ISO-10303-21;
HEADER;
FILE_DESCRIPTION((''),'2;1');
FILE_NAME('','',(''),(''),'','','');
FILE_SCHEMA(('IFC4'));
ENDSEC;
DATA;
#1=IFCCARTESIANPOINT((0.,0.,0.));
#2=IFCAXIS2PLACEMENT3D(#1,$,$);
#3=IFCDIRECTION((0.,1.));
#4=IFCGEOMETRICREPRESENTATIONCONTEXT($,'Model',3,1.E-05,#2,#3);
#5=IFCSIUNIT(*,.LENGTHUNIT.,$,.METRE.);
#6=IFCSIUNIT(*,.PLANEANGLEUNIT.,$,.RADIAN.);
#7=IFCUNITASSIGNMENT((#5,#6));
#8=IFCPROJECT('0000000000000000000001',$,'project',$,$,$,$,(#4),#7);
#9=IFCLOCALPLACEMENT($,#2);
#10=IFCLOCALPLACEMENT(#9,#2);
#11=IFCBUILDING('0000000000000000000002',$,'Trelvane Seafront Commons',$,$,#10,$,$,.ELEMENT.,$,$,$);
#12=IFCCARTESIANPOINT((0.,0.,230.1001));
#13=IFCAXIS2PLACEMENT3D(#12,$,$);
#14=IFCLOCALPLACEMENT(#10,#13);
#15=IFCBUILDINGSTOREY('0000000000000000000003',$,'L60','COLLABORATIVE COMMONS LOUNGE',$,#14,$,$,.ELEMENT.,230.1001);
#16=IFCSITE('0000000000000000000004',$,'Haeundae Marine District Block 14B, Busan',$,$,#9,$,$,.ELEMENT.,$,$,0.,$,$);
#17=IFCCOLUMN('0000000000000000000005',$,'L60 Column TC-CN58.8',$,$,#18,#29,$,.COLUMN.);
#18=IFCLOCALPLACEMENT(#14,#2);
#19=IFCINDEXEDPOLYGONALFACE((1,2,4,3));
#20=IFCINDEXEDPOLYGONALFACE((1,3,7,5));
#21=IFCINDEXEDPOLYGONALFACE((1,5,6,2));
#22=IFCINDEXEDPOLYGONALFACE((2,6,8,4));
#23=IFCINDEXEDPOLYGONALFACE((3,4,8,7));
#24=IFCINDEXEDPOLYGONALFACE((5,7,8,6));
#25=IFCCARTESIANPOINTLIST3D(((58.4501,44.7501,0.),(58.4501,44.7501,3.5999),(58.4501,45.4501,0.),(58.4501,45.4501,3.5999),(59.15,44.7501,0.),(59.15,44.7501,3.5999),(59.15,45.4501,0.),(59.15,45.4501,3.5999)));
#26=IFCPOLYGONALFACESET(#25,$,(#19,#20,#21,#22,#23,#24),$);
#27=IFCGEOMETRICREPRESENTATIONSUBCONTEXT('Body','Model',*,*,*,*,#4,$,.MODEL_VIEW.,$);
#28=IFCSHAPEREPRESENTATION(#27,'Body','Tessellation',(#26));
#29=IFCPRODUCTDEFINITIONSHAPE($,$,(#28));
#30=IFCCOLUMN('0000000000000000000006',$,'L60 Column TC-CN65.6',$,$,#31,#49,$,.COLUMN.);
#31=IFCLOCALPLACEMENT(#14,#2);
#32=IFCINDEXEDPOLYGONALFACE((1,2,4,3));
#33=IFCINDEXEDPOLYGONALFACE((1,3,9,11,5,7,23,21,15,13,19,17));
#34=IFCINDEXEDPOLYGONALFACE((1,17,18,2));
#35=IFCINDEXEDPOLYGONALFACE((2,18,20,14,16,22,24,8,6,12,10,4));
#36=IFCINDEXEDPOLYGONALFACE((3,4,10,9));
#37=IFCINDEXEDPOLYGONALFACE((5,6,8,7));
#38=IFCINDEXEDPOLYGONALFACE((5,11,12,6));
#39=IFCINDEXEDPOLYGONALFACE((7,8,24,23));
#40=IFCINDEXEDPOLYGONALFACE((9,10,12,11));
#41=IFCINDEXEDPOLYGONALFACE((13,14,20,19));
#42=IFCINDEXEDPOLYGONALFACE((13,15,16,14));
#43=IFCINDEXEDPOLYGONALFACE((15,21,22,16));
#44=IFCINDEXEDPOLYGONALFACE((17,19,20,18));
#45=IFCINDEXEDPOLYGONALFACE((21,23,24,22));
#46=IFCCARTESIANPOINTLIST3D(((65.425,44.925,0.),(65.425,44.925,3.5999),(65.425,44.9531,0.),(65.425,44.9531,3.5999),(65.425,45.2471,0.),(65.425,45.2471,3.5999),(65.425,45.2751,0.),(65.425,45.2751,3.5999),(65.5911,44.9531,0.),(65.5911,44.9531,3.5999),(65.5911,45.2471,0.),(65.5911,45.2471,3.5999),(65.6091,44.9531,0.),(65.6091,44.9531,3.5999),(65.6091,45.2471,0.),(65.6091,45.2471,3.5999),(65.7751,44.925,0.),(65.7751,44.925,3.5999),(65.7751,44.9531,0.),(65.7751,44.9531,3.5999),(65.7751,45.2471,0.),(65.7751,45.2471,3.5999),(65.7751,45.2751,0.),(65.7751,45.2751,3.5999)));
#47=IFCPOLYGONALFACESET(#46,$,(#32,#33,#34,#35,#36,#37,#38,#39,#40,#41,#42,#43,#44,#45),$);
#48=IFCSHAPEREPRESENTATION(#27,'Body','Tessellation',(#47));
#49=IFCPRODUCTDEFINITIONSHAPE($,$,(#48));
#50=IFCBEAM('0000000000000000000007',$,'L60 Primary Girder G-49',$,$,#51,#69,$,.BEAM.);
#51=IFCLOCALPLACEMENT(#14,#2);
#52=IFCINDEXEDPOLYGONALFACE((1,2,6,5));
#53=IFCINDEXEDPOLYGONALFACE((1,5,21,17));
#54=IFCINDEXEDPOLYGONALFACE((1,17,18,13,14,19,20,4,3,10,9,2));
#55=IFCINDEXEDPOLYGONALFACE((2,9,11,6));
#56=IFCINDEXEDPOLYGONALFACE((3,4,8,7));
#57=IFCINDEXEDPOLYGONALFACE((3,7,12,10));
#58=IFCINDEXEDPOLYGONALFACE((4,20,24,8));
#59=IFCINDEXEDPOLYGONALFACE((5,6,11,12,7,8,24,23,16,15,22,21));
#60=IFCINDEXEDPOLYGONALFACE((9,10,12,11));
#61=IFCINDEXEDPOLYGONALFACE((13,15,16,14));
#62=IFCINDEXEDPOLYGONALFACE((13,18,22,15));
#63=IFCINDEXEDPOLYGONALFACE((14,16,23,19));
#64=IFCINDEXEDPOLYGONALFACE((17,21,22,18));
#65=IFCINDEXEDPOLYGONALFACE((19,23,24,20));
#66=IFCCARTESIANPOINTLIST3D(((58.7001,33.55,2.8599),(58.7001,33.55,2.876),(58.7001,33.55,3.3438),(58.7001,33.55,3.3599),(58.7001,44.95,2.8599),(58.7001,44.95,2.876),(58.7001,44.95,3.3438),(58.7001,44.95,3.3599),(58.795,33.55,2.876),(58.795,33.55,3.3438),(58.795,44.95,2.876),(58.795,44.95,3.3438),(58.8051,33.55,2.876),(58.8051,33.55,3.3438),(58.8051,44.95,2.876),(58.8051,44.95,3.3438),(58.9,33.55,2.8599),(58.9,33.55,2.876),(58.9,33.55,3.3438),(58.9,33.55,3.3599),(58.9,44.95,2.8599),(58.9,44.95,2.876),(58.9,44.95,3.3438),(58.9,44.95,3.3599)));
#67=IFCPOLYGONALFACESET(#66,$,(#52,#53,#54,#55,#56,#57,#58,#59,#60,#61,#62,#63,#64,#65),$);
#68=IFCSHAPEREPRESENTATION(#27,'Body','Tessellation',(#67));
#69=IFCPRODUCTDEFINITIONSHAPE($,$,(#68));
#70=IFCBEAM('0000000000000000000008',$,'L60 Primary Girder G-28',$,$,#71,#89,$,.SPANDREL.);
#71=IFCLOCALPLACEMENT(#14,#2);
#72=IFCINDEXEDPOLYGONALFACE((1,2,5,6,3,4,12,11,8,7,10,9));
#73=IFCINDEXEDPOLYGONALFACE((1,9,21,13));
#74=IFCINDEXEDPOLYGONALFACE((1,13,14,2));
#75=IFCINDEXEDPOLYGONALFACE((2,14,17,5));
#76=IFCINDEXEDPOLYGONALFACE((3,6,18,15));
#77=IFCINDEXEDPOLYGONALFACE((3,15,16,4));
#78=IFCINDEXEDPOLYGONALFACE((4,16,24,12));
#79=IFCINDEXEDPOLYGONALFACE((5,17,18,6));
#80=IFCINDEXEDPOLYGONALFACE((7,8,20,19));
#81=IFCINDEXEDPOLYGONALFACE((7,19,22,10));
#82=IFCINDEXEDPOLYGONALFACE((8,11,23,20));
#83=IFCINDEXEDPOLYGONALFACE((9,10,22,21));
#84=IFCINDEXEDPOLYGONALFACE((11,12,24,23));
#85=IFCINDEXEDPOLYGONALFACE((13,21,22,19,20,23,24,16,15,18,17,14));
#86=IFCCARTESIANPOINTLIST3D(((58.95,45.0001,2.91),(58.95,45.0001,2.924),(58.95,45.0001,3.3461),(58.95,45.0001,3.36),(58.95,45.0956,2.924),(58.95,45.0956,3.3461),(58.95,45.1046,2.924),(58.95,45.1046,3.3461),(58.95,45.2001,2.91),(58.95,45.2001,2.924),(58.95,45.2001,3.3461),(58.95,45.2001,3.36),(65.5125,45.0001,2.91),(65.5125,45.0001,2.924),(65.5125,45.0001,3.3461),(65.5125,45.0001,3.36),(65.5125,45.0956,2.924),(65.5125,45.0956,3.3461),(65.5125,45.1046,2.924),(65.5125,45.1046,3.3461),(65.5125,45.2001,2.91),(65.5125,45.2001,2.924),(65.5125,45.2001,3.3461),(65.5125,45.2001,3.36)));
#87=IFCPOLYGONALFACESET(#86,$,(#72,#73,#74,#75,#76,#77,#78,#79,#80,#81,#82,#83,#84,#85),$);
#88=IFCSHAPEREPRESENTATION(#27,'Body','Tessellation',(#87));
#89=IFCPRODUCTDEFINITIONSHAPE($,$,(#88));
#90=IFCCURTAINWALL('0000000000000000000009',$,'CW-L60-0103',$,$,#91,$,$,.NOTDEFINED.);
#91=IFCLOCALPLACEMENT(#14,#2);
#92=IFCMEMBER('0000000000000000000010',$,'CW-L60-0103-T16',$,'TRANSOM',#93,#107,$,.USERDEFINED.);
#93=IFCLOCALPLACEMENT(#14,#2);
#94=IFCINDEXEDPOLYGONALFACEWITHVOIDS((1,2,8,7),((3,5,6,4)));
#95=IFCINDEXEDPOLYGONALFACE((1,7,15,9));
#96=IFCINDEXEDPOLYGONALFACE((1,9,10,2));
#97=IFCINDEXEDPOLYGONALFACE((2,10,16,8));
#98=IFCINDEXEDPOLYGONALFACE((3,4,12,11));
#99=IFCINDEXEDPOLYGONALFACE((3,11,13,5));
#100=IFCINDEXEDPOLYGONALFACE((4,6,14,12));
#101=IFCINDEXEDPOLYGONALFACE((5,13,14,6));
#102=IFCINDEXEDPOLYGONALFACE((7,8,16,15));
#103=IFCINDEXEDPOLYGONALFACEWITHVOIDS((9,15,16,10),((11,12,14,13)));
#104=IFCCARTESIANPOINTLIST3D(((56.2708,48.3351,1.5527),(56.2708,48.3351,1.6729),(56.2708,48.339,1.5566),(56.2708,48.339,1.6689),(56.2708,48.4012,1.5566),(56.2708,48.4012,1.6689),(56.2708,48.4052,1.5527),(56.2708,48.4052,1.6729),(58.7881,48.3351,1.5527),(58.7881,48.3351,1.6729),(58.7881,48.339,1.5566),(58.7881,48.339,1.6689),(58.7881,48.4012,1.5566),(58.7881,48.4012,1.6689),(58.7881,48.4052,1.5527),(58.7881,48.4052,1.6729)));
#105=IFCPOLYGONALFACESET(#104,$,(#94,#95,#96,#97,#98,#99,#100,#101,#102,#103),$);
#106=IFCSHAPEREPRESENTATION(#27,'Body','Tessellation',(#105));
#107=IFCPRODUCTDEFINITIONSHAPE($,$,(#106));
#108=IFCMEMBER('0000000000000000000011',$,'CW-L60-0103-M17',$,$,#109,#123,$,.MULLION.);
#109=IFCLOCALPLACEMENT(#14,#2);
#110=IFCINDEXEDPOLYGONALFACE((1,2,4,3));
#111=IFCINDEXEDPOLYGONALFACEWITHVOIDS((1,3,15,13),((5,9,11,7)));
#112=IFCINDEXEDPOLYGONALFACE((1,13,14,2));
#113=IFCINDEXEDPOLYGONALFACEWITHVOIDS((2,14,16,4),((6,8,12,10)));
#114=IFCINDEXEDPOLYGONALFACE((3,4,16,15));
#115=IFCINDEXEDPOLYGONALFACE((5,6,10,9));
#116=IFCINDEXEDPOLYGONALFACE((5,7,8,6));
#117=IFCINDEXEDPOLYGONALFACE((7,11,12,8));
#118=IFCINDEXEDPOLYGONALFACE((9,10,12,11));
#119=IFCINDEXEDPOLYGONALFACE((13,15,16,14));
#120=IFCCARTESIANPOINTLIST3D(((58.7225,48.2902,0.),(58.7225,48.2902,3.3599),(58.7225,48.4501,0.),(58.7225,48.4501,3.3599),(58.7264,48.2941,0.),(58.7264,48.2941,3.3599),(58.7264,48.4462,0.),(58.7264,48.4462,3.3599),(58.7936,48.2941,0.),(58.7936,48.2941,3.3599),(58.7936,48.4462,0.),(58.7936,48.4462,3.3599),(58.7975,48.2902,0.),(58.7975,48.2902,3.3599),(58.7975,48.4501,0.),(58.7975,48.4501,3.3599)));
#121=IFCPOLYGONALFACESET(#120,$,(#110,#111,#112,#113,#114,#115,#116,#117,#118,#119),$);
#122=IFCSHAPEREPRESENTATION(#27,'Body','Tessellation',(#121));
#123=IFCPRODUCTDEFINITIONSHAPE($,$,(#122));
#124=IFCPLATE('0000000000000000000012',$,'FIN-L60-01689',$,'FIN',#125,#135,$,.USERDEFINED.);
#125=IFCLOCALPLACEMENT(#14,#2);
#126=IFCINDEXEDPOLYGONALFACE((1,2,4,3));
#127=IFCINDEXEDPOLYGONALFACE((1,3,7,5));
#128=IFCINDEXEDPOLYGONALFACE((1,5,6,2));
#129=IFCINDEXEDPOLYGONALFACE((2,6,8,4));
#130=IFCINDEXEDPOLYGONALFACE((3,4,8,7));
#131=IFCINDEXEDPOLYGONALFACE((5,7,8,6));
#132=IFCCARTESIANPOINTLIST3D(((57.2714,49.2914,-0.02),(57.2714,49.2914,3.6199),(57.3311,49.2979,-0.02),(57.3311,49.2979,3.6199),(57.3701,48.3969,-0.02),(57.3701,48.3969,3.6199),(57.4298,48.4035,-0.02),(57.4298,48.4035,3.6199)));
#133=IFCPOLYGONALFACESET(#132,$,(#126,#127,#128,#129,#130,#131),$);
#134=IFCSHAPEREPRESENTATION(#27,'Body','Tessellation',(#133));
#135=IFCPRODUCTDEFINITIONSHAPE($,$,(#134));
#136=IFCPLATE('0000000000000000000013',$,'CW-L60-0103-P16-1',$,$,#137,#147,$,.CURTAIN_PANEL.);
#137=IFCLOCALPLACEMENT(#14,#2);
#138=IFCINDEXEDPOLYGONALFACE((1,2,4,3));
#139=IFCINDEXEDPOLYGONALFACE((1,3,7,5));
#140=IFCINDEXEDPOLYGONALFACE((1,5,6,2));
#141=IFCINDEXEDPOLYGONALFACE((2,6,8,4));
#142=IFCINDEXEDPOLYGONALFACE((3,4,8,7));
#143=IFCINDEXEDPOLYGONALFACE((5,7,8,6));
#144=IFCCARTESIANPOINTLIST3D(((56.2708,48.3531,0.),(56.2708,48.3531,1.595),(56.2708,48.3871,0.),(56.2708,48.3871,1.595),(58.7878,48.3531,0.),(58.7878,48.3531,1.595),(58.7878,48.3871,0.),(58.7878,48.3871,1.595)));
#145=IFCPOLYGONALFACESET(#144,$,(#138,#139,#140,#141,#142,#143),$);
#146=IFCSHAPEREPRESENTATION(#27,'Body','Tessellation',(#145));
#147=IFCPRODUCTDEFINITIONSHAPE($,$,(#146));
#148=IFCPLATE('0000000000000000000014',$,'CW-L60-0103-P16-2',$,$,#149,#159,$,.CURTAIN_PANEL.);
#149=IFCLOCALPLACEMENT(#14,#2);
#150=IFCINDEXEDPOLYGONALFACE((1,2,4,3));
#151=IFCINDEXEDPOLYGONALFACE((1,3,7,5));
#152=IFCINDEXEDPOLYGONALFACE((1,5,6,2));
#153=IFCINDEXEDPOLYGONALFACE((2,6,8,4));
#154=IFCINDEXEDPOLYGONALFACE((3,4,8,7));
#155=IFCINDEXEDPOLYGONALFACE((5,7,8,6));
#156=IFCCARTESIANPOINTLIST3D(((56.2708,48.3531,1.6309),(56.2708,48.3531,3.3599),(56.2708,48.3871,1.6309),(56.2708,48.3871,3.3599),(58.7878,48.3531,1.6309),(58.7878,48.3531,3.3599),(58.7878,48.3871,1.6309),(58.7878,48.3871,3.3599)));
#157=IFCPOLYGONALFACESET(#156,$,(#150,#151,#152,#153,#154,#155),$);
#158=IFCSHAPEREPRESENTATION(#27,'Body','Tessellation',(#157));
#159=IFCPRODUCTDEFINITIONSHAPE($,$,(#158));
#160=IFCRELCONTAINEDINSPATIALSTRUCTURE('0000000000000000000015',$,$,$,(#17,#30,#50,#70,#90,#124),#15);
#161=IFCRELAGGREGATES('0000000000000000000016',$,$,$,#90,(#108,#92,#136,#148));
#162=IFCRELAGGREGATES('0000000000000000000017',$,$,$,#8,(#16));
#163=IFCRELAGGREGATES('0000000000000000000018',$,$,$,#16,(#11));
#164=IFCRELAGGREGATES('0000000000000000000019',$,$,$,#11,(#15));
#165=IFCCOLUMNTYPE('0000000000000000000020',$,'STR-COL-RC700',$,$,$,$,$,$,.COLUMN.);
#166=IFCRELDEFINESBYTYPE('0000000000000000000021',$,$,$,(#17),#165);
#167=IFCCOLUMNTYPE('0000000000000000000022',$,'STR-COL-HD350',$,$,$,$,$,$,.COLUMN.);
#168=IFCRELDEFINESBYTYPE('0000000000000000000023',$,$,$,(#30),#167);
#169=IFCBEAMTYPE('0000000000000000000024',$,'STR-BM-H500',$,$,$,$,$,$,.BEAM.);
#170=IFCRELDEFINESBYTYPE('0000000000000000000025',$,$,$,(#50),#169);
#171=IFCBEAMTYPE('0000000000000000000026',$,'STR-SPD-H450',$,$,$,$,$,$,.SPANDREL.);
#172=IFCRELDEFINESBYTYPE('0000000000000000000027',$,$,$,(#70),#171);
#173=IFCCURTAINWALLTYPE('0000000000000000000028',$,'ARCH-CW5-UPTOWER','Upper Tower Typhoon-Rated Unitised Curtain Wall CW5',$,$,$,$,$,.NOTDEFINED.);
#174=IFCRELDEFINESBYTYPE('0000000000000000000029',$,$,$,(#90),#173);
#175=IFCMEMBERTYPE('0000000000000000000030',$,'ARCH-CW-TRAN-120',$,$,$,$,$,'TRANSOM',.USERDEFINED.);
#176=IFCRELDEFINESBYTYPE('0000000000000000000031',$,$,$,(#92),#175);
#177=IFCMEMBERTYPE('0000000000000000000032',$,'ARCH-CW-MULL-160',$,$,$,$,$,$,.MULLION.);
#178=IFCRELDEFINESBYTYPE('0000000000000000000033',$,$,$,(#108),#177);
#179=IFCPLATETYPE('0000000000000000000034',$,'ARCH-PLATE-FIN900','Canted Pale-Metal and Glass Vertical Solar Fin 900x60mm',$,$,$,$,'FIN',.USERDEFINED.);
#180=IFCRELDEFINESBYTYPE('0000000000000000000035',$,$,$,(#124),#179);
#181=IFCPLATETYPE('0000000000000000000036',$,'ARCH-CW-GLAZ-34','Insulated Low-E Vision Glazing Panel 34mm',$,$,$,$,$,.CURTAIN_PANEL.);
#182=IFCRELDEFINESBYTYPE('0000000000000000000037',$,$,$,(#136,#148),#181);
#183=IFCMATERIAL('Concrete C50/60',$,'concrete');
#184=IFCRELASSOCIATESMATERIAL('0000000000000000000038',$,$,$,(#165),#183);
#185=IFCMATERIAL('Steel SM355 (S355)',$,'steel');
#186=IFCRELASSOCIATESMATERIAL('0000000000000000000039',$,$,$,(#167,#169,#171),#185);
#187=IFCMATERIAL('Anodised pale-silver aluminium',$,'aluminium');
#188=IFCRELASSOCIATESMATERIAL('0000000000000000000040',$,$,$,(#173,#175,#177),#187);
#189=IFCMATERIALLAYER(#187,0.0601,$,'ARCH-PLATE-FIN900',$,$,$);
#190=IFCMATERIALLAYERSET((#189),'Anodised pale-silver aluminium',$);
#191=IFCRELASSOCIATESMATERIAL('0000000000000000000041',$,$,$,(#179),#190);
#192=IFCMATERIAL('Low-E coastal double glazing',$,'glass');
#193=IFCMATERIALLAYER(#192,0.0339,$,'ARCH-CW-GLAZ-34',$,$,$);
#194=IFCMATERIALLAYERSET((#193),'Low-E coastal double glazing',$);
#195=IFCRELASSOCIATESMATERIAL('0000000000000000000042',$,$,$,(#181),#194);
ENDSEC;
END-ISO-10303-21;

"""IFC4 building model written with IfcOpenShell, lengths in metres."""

from ifc_helpers import new_model, si_unit, direction, frame, origin, origin_2d, place, context, subcontext, project, spatial, rectangle, hollow_rectangle, i_section, extrude, source, transform, mapped, material, layer, layer_set, material_profile, profile_set, type_object, element, aggregate, save


model = new_model("IFC4")

# Units and contexts
model_context = context("Model", 3, precision=1e-05, world=origin(), true_north=direction((0.0, 1.0)))
body_context = subcontext(model_context, "Body", "Model", "MODEL_VIEW")
ifc_project = project(units=[si_unit("LENGTHUNIT", "METRE"), si_unit("PLANEANGLEUNIT", "RADIAN")], contexts=[model_context])

# Site, building, storey
site_placement = place(None, origin())
site = spatial("IfcSite", under=ifc_project, at=site_placement, Name="Haeundae Marine District Block 14B, Busan", CompositionType="ELEMENT", RefElevation=0.0)
building_placement = place(site_placement, origin())
building = spatial("IfcBuilding", under=site, at=building_placement, Name="Trelvane Seafront Commons", CompositionType="ELEMENT")
storey_placement = place(building_placement, frame((0.0, 0.0, 230.1001)))
storey = spatial("IfcBuildingStorey", under=building, at=storey_placement, Name="L60", Description="COLLABORATIVE COMMONS LOUNGE", CompositionType="ELEMENT", Elevation=230.1001)

# Columns
ifc_material_1 = material(Name="Concrete C50/60", Category="concrete")
ifc_material_profile_1 = material_profile(ifc_material_1, rectangle(XDim=0.7, YDim=0.7, at=origin_2d()), Name="RC-700x700")
ifc_profile_set_1 = profile_set([ifc_material_profile_1], Name="Concrete C50/60")
column_type_1 = type_object("IfcColumnType", Name="STR-COL-RC700", PredefinedType="COLUMN", material=ifc_profile_set_1)
shared_shape_1 = source(origin(), body_context, "Body", "SweptSolid", [
    extrude(rectangle(XDim=0.7, YDim=0.7, at=origin_2d()), origin(), (0.0, 0.0, 1.0), 3.5999),
])
column_1_placement = place(storey_placement, frame((58.8, 45.1001, 0.0), z_axis=(0.0, 0.0, 1.0), x_axis=(1.0, 0.0, 0.0)))
element("IfcColumn", 1, at=column_1_placement, inside=storey, type_object=column_type_1, Name="L60 Column TC-CN58.8", PredefinedType="COLUMN", context=body_context, shape_type="MappedRepresentation", body=[
    mapped(shared_shape_1, transform((0.0, 0.0, 0.0), x_axis=(1.0, 0.0, 0.0), y_axis=(0.0, 1.0, 0.0), z_axis=(0.0, 0.0, 1.0), scale=1.0)),
])
ifc_material_2 = material(Name="Steel SM355 (S355)", Category="steel")
ifc_material_profile_2 = material_profile(ifc_material_2, i_section(OverallWidth=0.3501, OverallDepth=0.3501, WebThickness=0.0181, FlangeThickness=0.0281, at=origin_2d()), Name="HD-350x350x18x28")
ifc_profile_set_2 = profile_set([ifc_material_profile_2], Name="Steel SM355 (S355)")
column_type_2 = type_object("IfcColumnType", Name="STR-COL-HD350", PredefinedType="COLUMN", material=ifc_profile_set_2)
shared_shape_2 = source(origin(), body_context, "Body", "SweptSolid", [
    extrude(i_section(OverallWidth=0.3501, OverallDepth=0.3501, WebThickness=0.0181, FlangeThickness=0.0281, at=origin_2d()), origin(), (0.0, 0.0, 1.0), 3.5999),
])
column_2_placement = place(storey_placement, frame((65.6001, 45.1001, 0.0), z_axis=(0.0, 0.0, 1.0), x_axis=(1.0, 0.0, 0.0)))
element("IfcColumn", 2, at=column_2_placement, inside=storey, type_object=column_type_2, Name="L60 Column TC-CN65.6", PredefinedType="COLUMN", context=body_context, shape_type="MappedRepresentation", body=[
    mapped(shared_shape_2, transform((0.0, 0.0, 0.0), x_axis=(1.0, 0.0, 0.0), y_axis=(0.0, 1.0, 0.0), z_axis=(0.0, 0.0, 1.0), scale=1.0)),
])

# Beams
ifc_material_profile_3 = material_profile(ifc_material_2, i_section(OverallWidth=0.2, OverallDepth=0.5, WebThickness=0.01, FlangeThickness=0.0161, at=origin_2d()), Name="H-500x200x10x16")
ifc_profile_set_3 = profile_set([ifc_material_profile_3], Name="Steel SM355 (S355)")
beam_type_1 = type_object("IfcBeamType", Name="STR-BM-H500", PredefinedType="BEAM", material=ifc_profile_set_3)
shared_shape_3 = source(origin(), body_context, "Body", "SweptSolid", [
    extrude(i_section(OverallWidth=0.2, OverallDepth=0.5, WebThickness=0.01, FlangeThickness=0.0161, at=origin_2d()), origin(), (0.0, 0.0, 1.0), 11.3999),
])
beam_1_placement = place(storey_placement, frame((58.8, 33.55, 3.1099), z_axis=(0.0, 1.0, 0.0), x_axis=(-1.0, 0.0, 0.0)))
element("IfcBeam", 3, at=beam_1_placement, inside=storey, type_object=beam_type_1, Name="L60 Primary Girder G-49", PredefinedType="BEAM", context=body_context, shape_type="MappedRepresentation", body=[
    mapped(shared_shape_3, transform((0.0, 0.0, 0.0), x_axis=(1.0, 0.0, 0.0), y_axis=(0.0, 1.0, 0.0), z_axis=(0.0, 0.0, 1.0), scale=1.0)),
])
ifc_material_profile_4 = material_profile(ifc_material_2, i_section(OverallWidth=0.2, OverallDepth=0.45, WebThickness=0.009, FlangeThickness=0.0139, at=origin_2d()), Name="H-450x200x9x14")
ifc_profile_set_4 = profile_set([ifc_material_profile_4], Name="Steel SM355 (S355)")
beam_type_2 = type_object("IfcBeamType", Name="STR-SPD-H450", PredefinedType="SPANDREL", material=ifc_profile_set_4)
shared_shape_4 = source(origin(), body_context, "Body", "SweptSolid", [
    extrude(i_section(OverallWidth=0.2, OverallDepth=0.45, WebThickness=0.009, FlangeThickness=0.0139, at=origin_2d()), origin(), (0.0, 0.0, 1.0), 6.5625),
])
beam_2_placement = place(storey_placement, frame((58.95, 45.1001, 3.135), z_axis=(1.0, 0.0, 0.0), x_axis=(0.0, 1.0, 0.0)))
element("IfcBeam", 4, at=beam_2_placement, inside=storey, type_object=beam_type_2, Name="L60 Primary Girder G-28", PredefinedType="SPANDREL", context=body_context, shape_type="MappedRepresentation", body=[
    mapped(shared_shape_4, transform((0.0, 0.0, 0.0), x_axis=(1.0, 0.0, 0.0), y_axis=(0.0, 1.0, 0.0), z_axis=(0.0, 0.0, 1.0), scale=1.0)),
])

# Curtain wall, members
ifc_material_3 = material(Name="Anodised pale-silver aluminium", Category="aluminium")
curtain_wall_type = type_object("IfcCurtainWallType", Name="ARCH-CW5-UPTOWER", Description="Upper Tower Typhoon-Rated Unitised Curtain Wall CW5", PredefinedType="NOTDEFINED", material=ifc_material_3)
curtain_wall_placement = place(storey_placement, origin())
curtain_wall = element("IfcCurtainWall", 5, at=curtain_wall_placement, inside=storey, type_object=curtain_wall_type, Name="CW-L60-0103", PredefinedType="NOTDEFINED")
ifc_material_profile_5 = material_profile(ifc_material_3, hollow_rectangle(XDim=0.0701, YDim=0.1201, WallThickness=0.0039, at=origin_2d()), Name="TRAN-70x120x4")
ifc_profile_set_5 = profile_set([ifc_material_profile_5], Name="Anodised pale-silver aluminium")
member_type_1 = type_object("IfcMemberType", Name="ARCH-CW-TRAN-120", ElementType="TRANSOM", PredefinedType="USERDEFINED", material=ifc_profile_set_5)
shared_shape_5 = source(origin(), body_context, "Body", "SweptSolid", [
    extrude(hollow_rectangle(XDim=0.0701, YDim=0.1201, WallThickness=0.0039, at=origin_2d()), origin(), (0.0, 0.0, 1.0), 2.5173),
])
member_1_placement = place(storey_placement, frame((56.2708, 48.3701, 1.6128), z_axis=(1.0, 0.0, 0.0), x_axis=(0.0, 1.0, 0.0)))
member_1 = element("IfcMember", 6, at=member_1_placement, type_object=member_type_1, Name="CW-L60-0103-T16", ObjectType="TRANSOM", PredefinedType="USERDEFINED", context=body_context, shape_type="MappedRepresentation", body=[
    mapped(shared_shape_5, transform((0.0, 0.0, 0.0), x_axis=(1.0, 0.0, 0.0), y_axis=(0.0, 1.0, 0.0), z_axis=(0.0, 0.0, 1.0), scale=1.0)),
])
ifc_material_profile_6 = material_profile(ifc_material_3, hollow_rectangle(XDim=0.075, YDim=0.1599, WallThickness=0.0039, at=origin_2d()), Name="MULL-75x160x4")
ifc_profile_set_6 = profile_set([ifc_material_profile_6], Name="Anodised pale-silver aluminium")
member_type_2 = type_object("IfcMemberType", Name="ARCH-CW-MULL-160", PredefinedType="MULLION", material=ifc_profile_set_6)
shared_shape_6 = source(origin(), body_context, "Body", "SweptSolid", [
    extrude(hollow_rectangle(XDim=0.075, YDim=0.1599, WallThickness=0.0039, at=origin_2d()), origin(), (0.0, 0.0, 1.0), 3.3599),
])
member_2_placement = place(storey_placement, frame((58.76, 48.3701, 0.0), z_axis=(0.0, 0.0, 1.0), x_axis=(1.0, 0.0, 0.0)))
member_2 = element("IfcMember", 7, at=member_2_placement, type_object=member_type_2, Name="CW-L60-0103-M17", PredefinedType="MULLION", context=body_context, shape_type="MappedRepresentation", body=[
    mapped(shared_shape_6, transform((0.0, 0.0, 0.0), x_axis=(1.0, 0.0, 0.0), y_axis=(0.0, 1.0, 0.0), z_axis=(0.0, 0.0, 1.0), scale=1.0)),
])

# Plates
ifc_layer_1 = layer(ifc_material_3, 0.0601, Name="ARCH-PLATE-FIN900")
ifc_layer_set_1 = layer_set([ifc_layer_1], Name="Anodised pale-silver aluminium")
plate_type_1 = type_object("IfcPlateType", Name="ARCH-PLATE-FIN900", Description="Canted Pale-Metal and Glass Vertical Solar Fin 900x60mm", ElementType="FIN", PredefinedType="USERDEFINED", material=ifc_layer_set_1)
shared_shape_7 = source(origin(), body_context, "Body", "SweptSolid", [
    extrude(rectangle(XDim=0.8999, YDim=0.0601, at=origin_2d()), origin(), (0.0, 0.0, 1.0), 3.6399),
])
plate_1_placement = place(storey_placement, frame((57.3506, 48.8474, -0.02), z_axis=(0.0, 0.0, 1.0), x_axis=(-0.109663, 0.993969, 0.0)))
element("IfcPlate", 8, at=plate_1_placement, inside=storey, type_object=plate_type_1, Name="FIN-L60-01689", ObjectType="FIN", PredefinedType="USERDEFINED", context=body_context, shape_type="MappedRepresentation", body=[
    mapped(shared_shape_7, transform((0.0, 0.0, 0.0), x_axis=(1.0, 0.0, 0.0), y_axis=(0.0, 1.0, 0.0), z_axis=(0.0, 0.0, 1.0), scale=1.0)),
])
ifc_material_4 = material(Name="Low-E coastal double glazing", Category="glass")
ifc_layer_2 = layer(ifc_material_4, 0.0339, Name="ARCH-CW-GLAZ-34")
ifc_layer_set_2 = layer_set([ifc_layer_2], Name="Low-E coastal double glazing")
plate_type_2 = type_object("IfcPlateType", Name="ARCH-CW-GLAZ-34", Description="Insulated Low-E Vision Glazing Panel 34mm", PredefinedType="CURTAIN_PANEL", material=ifc_layer_set_2)
shared_shape_8 = source(origin(), body_context, "Body", "SweptSolid", [
    extrude(rectangle(XDim=2.5171, YDim=0.0339, at=origin_2d()), origin(), (0.0, 0.0, 1.0), 1.595),
])
plate_2_placement = place(storey_placement, frame((57.5293, 48.3701, 0.0), z_axis=(0.0, 0.0, 1.0), x_axis=(1.0, 0.0, 0.0)))
plate_2 = element("IfcPlate", 9, at=plate_2_placement, type_object=plate_type_2, Name="CW-L60-0103-P16-1", PredefinedType="CURTAIN_PANEL", context=body_context, shape_type="MappedRepresentation", body=[
    mapped(shared_shape_8, transform((0.0, 0.0, 0.0), x_axis=(1.0, 0.0, 0.0), y_axis=(0.0, 1.0, 0.0), z_axis=(0.0, 0.0, 1.0), scale=1.0)),
])
shared_shape_9 = source(origin(), body_context, "Body", "SweptSolid", [
    extrude(rectangle(XDim=2.5171, YDim=0.0339, at=origin_2d()), origin(), (0.0, 0.0, 1.0), 1.729),
])
plate_3_placement = place(storey_placement, frame((57.5293, 48.3701, 1.6309), z_axis=(0.0, 0.0, 1.0), x_axis=(1.0, 0.0, 0.0)))
plate_3 = element("IfcPlate", 10, at=plate_3_placement, type_object=plate_type_2, Name="CW-L60-0103-P16-2", PredefinedType="CURTAIN_PANEL", context=body_context, shape_type="MappedRepresentation", body=[
    mapped(shared_shape_9, transform((0.0, 0.0, 0.0), x_axis=(1.0, 0.0, 0.0), y_axis=(0.0, 1.0, 0.0), z_axis=(0.0, 0.0, 1.0), scale=1.0)),
])
aggregate(curtain_wall, [member_2, member_1, plate_2, plate_3])

save(model, "model.ifc")
